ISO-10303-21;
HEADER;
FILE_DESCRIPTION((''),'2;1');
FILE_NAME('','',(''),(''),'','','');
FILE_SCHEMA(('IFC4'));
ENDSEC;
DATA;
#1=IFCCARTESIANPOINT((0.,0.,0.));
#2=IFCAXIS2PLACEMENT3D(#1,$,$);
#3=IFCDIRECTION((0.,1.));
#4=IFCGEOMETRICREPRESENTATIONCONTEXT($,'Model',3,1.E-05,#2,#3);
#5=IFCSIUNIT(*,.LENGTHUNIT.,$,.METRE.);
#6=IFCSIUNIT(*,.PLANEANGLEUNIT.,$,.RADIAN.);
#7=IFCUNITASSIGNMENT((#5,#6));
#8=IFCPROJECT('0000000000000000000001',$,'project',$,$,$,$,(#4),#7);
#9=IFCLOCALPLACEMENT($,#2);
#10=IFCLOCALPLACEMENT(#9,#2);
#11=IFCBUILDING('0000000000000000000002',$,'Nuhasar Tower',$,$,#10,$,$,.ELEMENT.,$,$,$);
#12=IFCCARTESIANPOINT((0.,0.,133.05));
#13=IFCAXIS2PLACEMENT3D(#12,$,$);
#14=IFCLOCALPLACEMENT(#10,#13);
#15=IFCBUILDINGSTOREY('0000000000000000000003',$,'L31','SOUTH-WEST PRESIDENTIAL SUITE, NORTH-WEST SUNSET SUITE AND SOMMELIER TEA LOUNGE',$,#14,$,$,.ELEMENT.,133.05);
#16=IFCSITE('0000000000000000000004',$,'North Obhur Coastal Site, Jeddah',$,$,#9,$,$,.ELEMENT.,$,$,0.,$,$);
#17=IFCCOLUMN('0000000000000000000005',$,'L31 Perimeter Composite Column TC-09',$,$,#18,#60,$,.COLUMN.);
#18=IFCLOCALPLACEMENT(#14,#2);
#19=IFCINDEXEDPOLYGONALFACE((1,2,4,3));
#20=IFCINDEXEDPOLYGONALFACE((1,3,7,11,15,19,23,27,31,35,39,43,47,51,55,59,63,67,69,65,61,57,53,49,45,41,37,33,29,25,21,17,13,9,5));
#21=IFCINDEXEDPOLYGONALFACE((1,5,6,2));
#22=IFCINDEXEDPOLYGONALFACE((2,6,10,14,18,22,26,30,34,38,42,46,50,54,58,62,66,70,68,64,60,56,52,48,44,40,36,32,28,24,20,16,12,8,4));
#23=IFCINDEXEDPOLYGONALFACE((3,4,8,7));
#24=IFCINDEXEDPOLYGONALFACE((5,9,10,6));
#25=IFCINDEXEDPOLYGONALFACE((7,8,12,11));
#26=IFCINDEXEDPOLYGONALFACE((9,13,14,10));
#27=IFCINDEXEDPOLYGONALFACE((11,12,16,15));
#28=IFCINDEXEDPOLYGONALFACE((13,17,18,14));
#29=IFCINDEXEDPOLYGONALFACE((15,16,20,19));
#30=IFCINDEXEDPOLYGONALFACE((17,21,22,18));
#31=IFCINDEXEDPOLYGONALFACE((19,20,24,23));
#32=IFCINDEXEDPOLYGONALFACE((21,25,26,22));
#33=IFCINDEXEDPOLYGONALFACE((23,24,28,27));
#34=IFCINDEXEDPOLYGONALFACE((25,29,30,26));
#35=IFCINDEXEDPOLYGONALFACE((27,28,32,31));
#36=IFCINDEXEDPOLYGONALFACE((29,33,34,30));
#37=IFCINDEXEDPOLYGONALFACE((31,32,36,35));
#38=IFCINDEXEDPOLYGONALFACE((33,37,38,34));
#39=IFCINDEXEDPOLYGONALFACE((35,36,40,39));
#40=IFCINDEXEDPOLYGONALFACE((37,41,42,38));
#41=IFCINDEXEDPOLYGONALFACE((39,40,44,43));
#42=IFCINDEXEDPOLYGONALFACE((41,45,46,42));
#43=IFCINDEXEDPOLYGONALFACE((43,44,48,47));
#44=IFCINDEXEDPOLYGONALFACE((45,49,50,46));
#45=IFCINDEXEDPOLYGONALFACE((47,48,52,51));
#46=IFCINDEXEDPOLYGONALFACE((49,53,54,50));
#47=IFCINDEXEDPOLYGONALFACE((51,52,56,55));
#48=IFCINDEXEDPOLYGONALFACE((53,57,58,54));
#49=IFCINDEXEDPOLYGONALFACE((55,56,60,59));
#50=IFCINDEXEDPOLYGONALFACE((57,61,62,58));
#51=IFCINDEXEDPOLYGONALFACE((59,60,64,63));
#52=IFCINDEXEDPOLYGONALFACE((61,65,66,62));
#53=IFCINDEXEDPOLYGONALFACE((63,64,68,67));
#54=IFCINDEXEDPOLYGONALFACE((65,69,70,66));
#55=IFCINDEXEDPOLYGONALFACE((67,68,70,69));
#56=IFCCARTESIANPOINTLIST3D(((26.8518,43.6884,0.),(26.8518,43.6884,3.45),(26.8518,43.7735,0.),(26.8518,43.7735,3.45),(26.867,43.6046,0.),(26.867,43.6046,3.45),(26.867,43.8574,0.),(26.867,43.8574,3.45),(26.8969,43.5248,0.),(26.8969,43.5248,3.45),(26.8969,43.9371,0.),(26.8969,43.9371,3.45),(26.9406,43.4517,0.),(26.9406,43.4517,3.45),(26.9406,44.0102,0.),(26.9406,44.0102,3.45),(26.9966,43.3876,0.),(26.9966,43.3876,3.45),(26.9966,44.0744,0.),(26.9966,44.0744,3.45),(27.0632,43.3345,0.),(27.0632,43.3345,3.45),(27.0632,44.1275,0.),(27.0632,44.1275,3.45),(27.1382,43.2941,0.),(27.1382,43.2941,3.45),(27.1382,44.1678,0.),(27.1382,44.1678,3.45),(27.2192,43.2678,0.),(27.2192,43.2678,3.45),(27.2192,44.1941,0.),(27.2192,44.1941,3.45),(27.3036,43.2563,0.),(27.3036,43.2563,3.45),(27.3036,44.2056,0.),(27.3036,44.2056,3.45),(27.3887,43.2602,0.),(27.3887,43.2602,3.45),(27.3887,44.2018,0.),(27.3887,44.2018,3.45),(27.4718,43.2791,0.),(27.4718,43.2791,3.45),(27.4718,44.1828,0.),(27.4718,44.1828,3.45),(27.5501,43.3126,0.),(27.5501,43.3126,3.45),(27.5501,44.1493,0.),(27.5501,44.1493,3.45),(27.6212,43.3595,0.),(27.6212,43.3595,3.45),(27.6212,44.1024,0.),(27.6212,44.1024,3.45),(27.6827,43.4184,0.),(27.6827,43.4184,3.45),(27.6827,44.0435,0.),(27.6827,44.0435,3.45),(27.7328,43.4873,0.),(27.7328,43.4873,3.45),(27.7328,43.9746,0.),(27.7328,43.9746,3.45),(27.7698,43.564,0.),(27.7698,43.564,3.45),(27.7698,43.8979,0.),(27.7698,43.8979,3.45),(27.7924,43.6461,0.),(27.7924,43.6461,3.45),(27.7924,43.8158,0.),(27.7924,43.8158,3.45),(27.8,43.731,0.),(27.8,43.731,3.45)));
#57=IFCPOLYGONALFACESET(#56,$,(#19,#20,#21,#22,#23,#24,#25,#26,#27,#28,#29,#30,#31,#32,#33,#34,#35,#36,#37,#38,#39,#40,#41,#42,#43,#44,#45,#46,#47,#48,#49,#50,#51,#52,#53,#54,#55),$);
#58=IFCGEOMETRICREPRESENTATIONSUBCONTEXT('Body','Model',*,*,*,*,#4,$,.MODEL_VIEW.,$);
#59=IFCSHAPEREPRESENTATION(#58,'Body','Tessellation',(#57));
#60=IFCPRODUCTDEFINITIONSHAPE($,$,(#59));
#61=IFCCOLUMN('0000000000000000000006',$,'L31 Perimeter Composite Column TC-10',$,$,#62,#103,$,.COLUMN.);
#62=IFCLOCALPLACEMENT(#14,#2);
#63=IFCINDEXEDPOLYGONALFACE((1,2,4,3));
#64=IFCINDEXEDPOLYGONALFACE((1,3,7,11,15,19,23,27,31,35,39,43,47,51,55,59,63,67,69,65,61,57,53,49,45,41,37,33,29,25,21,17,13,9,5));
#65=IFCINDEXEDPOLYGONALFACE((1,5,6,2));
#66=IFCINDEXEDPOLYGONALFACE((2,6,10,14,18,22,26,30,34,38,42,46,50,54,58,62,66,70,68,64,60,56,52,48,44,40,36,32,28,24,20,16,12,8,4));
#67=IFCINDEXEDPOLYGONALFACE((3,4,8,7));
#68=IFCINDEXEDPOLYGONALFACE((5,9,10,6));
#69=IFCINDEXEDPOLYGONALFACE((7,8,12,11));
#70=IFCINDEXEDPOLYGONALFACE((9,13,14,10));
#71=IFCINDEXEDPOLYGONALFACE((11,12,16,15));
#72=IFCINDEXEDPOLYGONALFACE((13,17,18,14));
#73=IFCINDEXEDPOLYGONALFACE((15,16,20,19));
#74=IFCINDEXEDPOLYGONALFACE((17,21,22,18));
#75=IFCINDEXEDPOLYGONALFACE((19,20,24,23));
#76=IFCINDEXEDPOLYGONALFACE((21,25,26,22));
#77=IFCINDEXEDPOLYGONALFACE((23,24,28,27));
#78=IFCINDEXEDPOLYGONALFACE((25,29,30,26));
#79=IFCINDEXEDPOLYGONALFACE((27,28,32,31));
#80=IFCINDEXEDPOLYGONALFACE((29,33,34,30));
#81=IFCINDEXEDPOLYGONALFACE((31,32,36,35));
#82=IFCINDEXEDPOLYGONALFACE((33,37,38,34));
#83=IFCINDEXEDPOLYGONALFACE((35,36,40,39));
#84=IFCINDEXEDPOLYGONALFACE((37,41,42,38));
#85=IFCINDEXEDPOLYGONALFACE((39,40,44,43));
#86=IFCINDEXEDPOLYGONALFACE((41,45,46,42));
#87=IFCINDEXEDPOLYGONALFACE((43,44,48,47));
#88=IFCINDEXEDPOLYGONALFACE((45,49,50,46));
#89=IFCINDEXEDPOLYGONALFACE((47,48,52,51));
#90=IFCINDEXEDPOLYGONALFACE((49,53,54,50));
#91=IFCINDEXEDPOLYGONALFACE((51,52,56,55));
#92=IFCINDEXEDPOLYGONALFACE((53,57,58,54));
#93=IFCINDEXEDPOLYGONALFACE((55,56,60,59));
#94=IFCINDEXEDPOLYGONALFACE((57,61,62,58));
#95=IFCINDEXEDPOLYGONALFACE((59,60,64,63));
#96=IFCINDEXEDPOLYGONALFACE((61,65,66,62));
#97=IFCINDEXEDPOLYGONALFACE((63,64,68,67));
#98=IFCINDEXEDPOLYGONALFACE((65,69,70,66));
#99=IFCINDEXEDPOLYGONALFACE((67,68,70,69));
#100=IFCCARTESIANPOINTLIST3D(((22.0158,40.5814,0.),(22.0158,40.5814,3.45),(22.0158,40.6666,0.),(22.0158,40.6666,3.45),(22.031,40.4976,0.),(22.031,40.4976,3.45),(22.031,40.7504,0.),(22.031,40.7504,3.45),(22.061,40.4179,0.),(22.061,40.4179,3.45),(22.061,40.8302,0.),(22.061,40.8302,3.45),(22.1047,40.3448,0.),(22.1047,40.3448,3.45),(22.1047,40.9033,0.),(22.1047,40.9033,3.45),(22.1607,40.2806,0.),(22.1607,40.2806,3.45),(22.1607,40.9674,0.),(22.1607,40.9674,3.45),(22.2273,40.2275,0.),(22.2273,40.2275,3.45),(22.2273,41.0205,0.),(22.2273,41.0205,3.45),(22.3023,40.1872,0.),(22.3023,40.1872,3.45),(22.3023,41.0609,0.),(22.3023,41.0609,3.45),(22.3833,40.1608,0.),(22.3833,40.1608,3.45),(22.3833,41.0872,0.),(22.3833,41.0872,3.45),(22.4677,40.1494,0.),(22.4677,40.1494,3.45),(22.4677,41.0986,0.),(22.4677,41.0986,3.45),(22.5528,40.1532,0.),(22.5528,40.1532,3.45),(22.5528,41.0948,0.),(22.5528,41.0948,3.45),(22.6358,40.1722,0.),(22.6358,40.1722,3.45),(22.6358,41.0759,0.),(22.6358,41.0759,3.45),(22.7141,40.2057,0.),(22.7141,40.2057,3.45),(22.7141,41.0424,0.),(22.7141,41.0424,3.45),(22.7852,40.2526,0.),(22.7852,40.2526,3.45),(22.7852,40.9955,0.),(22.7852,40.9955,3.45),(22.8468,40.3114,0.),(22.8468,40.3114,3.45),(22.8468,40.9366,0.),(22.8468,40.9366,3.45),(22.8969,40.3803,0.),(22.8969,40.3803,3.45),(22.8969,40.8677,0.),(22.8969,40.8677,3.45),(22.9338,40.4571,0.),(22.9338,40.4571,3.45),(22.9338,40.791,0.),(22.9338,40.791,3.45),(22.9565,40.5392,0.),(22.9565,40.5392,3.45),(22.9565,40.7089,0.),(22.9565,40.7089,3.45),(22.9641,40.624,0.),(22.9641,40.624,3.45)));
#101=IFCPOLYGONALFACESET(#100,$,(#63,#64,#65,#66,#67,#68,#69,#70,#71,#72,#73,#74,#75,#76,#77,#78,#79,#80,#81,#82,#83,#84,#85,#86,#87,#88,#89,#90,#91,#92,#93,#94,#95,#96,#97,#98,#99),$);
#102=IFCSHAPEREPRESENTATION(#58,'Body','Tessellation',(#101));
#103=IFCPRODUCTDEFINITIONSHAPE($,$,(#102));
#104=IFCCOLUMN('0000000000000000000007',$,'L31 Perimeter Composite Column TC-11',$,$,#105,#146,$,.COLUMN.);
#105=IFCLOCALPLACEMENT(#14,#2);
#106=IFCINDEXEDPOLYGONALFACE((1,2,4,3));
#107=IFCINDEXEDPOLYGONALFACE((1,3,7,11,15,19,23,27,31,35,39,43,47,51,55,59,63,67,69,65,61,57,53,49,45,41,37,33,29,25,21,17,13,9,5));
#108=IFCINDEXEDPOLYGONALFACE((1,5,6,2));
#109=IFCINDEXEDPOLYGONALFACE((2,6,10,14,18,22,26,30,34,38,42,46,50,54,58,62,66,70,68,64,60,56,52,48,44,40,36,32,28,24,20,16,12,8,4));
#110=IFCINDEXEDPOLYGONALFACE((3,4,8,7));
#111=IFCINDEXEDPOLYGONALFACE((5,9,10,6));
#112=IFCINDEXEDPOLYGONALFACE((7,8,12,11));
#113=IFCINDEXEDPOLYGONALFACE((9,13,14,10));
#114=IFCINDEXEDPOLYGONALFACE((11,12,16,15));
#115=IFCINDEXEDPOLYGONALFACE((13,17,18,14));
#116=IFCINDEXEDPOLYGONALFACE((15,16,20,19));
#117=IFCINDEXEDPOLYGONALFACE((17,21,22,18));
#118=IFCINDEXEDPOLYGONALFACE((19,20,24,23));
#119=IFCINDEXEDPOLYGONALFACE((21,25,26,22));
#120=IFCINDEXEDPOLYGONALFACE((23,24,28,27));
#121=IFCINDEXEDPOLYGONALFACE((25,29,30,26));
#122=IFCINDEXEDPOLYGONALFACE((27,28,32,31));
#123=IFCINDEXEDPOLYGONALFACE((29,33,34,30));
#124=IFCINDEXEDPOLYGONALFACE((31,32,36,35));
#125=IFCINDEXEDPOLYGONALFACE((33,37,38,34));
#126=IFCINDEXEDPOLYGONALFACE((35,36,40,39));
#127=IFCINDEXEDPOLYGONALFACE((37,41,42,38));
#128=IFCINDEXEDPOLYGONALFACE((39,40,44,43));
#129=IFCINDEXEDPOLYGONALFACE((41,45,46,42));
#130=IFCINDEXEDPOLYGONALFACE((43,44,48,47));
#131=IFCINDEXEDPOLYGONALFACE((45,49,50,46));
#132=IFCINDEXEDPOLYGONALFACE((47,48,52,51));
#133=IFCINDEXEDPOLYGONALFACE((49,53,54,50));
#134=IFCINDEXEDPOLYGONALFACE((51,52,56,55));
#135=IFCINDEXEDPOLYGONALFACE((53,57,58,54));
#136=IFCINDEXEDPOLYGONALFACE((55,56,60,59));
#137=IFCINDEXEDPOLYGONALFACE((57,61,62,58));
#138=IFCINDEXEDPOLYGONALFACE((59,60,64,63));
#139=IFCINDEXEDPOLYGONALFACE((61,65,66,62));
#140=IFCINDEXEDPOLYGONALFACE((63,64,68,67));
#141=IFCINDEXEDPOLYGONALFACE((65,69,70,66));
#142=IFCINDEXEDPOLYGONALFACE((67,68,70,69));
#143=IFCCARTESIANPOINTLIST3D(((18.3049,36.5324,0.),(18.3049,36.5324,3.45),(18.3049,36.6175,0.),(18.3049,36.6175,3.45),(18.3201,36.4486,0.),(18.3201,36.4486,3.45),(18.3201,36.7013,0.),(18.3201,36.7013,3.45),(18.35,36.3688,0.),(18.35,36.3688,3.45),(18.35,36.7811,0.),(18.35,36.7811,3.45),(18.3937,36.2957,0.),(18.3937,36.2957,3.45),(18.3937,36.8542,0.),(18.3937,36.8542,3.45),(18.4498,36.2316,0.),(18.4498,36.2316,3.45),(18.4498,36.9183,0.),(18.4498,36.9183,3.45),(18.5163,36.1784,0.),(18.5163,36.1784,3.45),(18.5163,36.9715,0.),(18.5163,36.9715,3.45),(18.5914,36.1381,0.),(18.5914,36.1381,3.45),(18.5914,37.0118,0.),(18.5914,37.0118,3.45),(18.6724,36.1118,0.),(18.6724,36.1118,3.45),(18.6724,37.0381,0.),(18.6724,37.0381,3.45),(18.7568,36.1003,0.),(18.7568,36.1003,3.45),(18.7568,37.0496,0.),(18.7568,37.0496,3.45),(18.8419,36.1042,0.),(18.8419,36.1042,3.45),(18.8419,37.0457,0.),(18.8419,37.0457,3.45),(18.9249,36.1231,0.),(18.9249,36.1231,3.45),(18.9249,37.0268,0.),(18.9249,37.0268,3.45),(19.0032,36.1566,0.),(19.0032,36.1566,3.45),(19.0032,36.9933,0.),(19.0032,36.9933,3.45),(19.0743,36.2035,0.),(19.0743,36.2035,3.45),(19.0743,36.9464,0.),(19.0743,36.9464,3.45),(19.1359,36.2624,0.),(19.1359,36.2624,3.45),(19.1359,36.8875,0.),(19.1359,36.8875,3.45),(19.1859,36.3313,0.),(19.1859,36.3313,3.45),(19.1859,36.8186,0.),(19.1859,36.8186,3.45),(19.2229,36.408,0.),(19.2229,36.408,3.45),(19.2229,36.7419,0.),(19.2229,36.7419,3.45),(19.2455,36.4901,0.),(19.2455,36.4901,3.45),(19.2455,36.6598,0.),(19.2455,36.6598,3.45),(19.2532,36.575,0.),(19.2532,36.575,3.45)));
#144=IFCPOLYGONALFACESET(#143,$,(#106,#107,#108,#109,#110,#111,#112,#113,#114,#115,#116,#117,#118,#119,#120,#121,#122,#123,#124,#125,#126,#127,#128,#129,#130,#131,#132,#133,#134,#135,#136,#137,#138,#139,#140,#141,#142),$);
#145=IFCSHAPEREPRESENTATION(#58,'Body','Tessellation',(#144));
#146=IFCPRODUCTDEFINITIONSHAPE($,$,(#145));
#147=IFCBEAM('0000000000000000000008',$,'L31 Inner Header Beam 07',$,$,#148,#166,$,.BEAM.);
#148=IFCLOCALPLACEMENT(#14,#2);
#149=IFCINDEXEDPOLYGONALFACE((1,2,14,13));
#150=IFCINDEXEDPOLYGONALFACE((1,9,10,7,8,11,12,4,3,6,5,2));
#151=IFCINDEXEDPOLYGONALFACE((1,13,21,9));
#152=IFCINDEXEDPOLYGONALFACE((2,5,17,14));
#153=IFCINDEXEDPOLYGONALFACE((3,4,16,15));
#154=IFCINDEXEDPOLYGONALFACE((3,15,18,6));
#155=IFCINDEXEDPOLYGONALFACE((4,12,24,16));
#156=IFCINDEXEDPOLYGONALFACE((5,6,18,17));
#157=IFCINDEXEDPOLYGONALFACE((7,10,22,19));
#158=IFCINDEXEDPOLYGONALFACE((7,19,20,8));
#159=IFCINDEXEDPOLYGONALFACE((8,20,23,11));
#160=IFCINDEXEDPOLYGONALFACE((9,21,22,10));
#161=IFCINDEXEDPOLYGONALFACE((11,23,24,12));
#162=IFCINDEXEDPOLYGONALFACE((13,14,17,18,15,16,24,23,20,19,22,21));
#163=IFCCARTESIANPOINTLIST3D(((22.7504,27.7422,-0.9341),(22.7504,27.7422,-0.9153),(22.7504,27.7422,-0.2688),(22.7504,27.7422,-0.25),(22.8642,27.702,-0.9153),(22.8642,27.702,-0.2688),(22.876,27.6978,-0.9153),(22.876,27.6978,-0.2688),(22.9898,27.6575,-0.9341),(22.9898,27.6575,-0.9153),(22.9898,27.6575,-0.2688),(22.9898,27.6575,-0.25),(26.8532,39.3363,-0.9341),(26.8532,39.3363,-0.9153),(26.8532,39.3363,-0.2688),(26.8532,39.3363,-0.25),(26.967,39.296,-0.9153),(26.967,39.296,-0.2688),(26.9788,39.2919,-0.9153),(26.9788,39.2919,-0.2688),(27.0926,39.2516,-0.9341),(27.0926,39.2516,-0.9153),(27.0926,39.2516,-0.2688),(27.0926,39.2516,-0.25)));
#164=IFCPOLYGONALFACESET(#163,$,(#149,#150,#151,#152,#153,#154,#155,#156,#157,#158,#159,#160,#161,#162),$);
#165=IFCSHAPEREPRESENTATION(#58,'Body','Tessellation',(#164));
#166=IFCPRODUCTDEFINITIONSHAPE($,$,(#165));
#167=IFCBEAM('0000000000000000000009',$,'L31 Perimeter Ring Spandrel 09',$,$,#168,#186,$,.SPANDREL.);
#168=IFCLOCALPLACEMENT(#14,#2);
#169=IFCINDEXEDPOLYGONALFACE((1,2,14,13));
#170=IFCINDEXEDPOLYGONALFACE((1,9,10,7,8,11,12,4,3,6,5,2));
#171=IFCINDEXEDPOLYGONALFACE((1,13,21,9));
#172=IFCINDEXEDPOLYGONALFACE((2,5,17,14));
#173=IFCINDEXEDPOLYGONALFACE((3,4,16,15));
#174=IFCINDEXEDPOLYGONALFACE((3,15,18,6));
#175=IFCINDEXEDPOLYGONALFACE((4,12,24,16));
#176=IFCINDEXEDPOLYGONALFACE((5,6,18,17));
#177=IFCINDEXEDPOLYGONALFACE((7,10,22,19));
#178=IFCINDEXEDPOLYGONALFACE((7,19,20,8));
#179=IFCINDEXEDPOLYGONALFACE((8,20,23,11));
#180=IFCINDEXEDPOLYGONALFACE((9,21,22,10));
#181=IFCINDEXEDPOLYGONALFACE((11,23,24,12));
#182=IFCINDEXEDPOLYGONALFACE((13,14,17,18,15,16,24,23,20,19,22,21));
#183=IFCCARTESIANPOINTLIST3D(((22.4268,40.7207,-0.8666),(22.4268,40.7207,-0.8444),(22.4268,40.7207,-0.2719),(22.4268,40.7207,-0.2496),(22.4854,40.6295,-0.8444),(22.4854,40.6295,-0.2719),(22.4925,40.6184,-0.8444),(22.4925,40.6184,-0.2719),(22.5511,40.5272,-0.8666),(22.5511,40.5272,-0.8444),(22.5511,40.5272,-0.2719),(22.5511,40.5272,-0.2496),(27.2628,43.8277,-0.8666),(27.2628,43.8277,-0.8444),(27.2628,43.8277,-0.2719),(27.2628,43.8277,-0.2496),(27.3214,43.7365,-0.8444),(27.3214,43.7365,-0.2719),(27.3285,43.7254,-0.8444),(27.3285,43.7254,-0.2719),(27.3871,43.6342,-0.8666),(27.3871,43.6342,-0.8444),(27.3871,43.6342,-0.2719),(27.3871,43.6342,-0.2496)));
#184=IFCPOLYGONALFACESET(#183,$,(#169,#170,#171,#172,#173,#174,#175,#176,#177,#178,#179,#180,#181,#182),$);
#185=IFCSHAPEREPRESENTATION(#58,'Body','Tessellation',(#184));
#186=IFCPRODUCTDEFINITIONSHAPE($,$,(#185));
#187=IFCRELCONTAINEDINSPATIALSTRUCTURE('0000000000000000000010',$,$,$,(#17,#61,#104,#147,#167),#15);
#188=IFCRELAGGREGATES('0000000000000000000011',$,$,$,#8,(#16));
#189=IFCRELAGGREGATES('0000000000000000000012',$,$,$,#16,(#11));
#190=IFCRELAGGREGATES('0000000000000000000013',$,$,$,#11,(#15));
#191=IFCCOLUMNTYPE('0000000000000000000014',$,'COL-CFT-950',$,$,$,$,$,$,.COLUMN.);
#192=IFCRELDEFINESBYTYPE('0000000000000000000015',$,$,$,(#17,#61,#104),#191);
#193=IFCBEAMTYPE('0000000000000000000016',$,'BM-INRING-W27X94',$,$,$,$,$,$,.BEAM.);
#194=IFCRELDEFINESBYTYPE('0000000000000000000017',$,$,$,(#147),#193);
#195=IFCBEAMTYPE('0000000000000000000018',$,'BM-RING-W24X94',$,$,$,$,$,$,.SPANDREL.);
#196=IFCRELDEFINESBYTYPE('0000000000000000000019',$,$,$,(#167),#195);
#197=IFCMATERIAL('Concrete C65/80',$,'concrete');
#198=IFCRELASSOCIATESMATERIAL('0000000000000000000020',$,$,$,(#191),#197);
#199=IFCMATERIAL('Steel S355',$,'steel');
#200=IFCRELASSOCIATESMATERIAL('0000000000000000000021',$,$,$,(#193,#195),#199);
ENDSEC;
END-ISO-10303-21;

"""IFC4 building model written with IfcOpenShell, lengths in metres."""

from ifc_helpers import new_model, si_unit, direction, frame, origin, origin_2d, place, context, subcontext, project, spatial, circle, i_section, extrude, material, material_profile, profile_set, type_object, element, save


model = new_model("IFC4")

# Units and contexts
model_context = context("Model", 3, precision=1e-05, world=origin(), true_north=direction((0.0, 1.0)))
body_context = subcontext(model_context, "Body", "Model", "MODEL_VIEW")
ifc_project = project(units=[si_unit("LENGTHUNIT", "METRE"), si_unit("PLANEANGLEUNIT", "RADIAN")], contexts=[model_context])

# Site, building, storey
site_placement = place(None, origin())
site = spatial("IfcSite", under=ifc_project, at=site_placement, Name="North Obhur Coastal Site, Jeddah", CompositionType="ELEMENT", RefElevation=0.0)
building_placement = place(site_placement, origin())
building = spatial("IfcBuilding", under=site, at=building_placement, Name="Nuhasar Tower", CompositionType="ELEMENT")
storey_placement = place(building_placement, frame((0.0, 0.0, 133.05)))
storey = spatial("IfcBuildingStorey", under=building, at=storey_placement, Name="L31", Description="SOUTH-WEST PRESIDENTIAL SUITE, NORTH-WEST SUNSET SUITE AND SOMMELIER TEA LOUNGE", CompositionType="ELEMENT", Elevation=133.05)

# Columns
ifc_material_1 = material(Name="Concrete C65/80", Category="concrete")
ifc_material_profile_1 = material_profile(ifc_material_1, circle(Radius=0.4751, at=origin_2d()), Name="CFT950")
ifc_profile_set_1 = profile_set([ifc_material_profile_1], Name="Concrete C65/80")
column_type = type_object("IfcColumnType", Name="COL-CFT-950", PredefinedType="COLUMN", material=ifc_profile_set_1)
for number, where, z_axis, x_axis, name in (
    (1, (27.325, 43.731, 0.0), (0.0, 0.0, 1.0), (1.0, 0.0, 0.0), "L31 Perimeter Composite Column TC-09"),
    (2, (22.489, 40.624, 0.0), (0.0, 0.0, 1.0), (1.0, 0.0, 0.0), "L31 Perimeter Composite Column TC-10"),
    (3, (18.7781, 36.575, 0.0), (0.0, 0.0, 1.0), (1.0, 0.0, 0.0), "L31 Perimeter Composite Column TC-11"),
):
    element("IfcColumn", number, at=place(storey_placement, frame(where, z_axis=z_axis, x_axis=x_axis)), inside=storey, type_object=column_type, Name=name, PredefinedType="COLUMN", context=body_context, shape_type="SweptSolid", body=[
        extrude(circle(Radius=0.4751, at=origin_2d()), origin(), (0.0, 0.0, 1.0), 3.45),
    ])

# Beams
ifc_material_2 = material(Name="Steel S355", Category="steel")
ifc_material_profile_2 = material_profile(ifc_material_2, i_section(OverallWidth=0.2539, OverallDepth=0.6841, WebThickness=0.0125, FlangeThickness=0.0188, at=origin_2d()), Name="W27X94")
ifc_profile_set_2 = profile_set([ifc_material_profile_2], Name="Steel S355")
beam_type_1 = type_object("IfcBeamType", Name="BM-INRING-W27X94", PredefinedType="BEAM", material=ifc_profile_set_2)
beam_1_placement = place(storey_placement, frame((26.9729, 39.2939, -0.592), z_axis=(-0.3336, -0.942715, 0.0), x_axis=(0.942715, -0.3336, 0.0)))
element("IfcBeam", 4, at=beam_1_placement, inside=storey, type_object=beam_type_1, Name="L31 Inner Header Beam 07", PredefinedType="BEAM", context=body_context, shape_type="SweptSolid", body=[
    extrude(i_section(OverallWidth=0.2539, OverallDepth=0.6841, WebThickness=0.0125, FlangeThickness=0.0188, at=origin_2d()), origin(), (0.0, 0.0, 1.0), 12.2986),
])
ifc_material_profile_3 = material_profile(ifc_material_2, i_section(OverallWidth=0.23, OverallDepth=0.6169, WebThickness=0.0132, FlangeThickness=0.0222, at=origin_2d()), Name="W24X94")
ifc_profile_set_3 = profile_set([ifc_material_profile_3], Name="Steel S355")
beam_type_2 = type_object("IfcBeamType", Name="BM-RING-W24X94", PredefinedType="SPANDREL", material=ifc_profile_set_3)
beam_2_placement = place(storey_placement, frame((27.325, 43.731, -0.5581), z_axis=(-0.841327, -0.540526, 0.0), x_axis=(0.540526, -0.841327, 0.0)))
element("IfcBeam", 5, at=beam_2_placement, inside=storey, type_object=beam_type_2, Name="L31 Perimeter Ring Spandrel 09", PredefinedType="SPANDREL", context=body_context, shape_type="SweptSolid", body=[
    extrude(i_section(OverallWidth=0.23, OverallDepth=0.6169, WebThickness=0.0132, FlangeThickness=0.0222, at=origin_2d()), origin(), (0.0, 0.0, 1.0), 5.748),
])

save(model, "model.ifc")
